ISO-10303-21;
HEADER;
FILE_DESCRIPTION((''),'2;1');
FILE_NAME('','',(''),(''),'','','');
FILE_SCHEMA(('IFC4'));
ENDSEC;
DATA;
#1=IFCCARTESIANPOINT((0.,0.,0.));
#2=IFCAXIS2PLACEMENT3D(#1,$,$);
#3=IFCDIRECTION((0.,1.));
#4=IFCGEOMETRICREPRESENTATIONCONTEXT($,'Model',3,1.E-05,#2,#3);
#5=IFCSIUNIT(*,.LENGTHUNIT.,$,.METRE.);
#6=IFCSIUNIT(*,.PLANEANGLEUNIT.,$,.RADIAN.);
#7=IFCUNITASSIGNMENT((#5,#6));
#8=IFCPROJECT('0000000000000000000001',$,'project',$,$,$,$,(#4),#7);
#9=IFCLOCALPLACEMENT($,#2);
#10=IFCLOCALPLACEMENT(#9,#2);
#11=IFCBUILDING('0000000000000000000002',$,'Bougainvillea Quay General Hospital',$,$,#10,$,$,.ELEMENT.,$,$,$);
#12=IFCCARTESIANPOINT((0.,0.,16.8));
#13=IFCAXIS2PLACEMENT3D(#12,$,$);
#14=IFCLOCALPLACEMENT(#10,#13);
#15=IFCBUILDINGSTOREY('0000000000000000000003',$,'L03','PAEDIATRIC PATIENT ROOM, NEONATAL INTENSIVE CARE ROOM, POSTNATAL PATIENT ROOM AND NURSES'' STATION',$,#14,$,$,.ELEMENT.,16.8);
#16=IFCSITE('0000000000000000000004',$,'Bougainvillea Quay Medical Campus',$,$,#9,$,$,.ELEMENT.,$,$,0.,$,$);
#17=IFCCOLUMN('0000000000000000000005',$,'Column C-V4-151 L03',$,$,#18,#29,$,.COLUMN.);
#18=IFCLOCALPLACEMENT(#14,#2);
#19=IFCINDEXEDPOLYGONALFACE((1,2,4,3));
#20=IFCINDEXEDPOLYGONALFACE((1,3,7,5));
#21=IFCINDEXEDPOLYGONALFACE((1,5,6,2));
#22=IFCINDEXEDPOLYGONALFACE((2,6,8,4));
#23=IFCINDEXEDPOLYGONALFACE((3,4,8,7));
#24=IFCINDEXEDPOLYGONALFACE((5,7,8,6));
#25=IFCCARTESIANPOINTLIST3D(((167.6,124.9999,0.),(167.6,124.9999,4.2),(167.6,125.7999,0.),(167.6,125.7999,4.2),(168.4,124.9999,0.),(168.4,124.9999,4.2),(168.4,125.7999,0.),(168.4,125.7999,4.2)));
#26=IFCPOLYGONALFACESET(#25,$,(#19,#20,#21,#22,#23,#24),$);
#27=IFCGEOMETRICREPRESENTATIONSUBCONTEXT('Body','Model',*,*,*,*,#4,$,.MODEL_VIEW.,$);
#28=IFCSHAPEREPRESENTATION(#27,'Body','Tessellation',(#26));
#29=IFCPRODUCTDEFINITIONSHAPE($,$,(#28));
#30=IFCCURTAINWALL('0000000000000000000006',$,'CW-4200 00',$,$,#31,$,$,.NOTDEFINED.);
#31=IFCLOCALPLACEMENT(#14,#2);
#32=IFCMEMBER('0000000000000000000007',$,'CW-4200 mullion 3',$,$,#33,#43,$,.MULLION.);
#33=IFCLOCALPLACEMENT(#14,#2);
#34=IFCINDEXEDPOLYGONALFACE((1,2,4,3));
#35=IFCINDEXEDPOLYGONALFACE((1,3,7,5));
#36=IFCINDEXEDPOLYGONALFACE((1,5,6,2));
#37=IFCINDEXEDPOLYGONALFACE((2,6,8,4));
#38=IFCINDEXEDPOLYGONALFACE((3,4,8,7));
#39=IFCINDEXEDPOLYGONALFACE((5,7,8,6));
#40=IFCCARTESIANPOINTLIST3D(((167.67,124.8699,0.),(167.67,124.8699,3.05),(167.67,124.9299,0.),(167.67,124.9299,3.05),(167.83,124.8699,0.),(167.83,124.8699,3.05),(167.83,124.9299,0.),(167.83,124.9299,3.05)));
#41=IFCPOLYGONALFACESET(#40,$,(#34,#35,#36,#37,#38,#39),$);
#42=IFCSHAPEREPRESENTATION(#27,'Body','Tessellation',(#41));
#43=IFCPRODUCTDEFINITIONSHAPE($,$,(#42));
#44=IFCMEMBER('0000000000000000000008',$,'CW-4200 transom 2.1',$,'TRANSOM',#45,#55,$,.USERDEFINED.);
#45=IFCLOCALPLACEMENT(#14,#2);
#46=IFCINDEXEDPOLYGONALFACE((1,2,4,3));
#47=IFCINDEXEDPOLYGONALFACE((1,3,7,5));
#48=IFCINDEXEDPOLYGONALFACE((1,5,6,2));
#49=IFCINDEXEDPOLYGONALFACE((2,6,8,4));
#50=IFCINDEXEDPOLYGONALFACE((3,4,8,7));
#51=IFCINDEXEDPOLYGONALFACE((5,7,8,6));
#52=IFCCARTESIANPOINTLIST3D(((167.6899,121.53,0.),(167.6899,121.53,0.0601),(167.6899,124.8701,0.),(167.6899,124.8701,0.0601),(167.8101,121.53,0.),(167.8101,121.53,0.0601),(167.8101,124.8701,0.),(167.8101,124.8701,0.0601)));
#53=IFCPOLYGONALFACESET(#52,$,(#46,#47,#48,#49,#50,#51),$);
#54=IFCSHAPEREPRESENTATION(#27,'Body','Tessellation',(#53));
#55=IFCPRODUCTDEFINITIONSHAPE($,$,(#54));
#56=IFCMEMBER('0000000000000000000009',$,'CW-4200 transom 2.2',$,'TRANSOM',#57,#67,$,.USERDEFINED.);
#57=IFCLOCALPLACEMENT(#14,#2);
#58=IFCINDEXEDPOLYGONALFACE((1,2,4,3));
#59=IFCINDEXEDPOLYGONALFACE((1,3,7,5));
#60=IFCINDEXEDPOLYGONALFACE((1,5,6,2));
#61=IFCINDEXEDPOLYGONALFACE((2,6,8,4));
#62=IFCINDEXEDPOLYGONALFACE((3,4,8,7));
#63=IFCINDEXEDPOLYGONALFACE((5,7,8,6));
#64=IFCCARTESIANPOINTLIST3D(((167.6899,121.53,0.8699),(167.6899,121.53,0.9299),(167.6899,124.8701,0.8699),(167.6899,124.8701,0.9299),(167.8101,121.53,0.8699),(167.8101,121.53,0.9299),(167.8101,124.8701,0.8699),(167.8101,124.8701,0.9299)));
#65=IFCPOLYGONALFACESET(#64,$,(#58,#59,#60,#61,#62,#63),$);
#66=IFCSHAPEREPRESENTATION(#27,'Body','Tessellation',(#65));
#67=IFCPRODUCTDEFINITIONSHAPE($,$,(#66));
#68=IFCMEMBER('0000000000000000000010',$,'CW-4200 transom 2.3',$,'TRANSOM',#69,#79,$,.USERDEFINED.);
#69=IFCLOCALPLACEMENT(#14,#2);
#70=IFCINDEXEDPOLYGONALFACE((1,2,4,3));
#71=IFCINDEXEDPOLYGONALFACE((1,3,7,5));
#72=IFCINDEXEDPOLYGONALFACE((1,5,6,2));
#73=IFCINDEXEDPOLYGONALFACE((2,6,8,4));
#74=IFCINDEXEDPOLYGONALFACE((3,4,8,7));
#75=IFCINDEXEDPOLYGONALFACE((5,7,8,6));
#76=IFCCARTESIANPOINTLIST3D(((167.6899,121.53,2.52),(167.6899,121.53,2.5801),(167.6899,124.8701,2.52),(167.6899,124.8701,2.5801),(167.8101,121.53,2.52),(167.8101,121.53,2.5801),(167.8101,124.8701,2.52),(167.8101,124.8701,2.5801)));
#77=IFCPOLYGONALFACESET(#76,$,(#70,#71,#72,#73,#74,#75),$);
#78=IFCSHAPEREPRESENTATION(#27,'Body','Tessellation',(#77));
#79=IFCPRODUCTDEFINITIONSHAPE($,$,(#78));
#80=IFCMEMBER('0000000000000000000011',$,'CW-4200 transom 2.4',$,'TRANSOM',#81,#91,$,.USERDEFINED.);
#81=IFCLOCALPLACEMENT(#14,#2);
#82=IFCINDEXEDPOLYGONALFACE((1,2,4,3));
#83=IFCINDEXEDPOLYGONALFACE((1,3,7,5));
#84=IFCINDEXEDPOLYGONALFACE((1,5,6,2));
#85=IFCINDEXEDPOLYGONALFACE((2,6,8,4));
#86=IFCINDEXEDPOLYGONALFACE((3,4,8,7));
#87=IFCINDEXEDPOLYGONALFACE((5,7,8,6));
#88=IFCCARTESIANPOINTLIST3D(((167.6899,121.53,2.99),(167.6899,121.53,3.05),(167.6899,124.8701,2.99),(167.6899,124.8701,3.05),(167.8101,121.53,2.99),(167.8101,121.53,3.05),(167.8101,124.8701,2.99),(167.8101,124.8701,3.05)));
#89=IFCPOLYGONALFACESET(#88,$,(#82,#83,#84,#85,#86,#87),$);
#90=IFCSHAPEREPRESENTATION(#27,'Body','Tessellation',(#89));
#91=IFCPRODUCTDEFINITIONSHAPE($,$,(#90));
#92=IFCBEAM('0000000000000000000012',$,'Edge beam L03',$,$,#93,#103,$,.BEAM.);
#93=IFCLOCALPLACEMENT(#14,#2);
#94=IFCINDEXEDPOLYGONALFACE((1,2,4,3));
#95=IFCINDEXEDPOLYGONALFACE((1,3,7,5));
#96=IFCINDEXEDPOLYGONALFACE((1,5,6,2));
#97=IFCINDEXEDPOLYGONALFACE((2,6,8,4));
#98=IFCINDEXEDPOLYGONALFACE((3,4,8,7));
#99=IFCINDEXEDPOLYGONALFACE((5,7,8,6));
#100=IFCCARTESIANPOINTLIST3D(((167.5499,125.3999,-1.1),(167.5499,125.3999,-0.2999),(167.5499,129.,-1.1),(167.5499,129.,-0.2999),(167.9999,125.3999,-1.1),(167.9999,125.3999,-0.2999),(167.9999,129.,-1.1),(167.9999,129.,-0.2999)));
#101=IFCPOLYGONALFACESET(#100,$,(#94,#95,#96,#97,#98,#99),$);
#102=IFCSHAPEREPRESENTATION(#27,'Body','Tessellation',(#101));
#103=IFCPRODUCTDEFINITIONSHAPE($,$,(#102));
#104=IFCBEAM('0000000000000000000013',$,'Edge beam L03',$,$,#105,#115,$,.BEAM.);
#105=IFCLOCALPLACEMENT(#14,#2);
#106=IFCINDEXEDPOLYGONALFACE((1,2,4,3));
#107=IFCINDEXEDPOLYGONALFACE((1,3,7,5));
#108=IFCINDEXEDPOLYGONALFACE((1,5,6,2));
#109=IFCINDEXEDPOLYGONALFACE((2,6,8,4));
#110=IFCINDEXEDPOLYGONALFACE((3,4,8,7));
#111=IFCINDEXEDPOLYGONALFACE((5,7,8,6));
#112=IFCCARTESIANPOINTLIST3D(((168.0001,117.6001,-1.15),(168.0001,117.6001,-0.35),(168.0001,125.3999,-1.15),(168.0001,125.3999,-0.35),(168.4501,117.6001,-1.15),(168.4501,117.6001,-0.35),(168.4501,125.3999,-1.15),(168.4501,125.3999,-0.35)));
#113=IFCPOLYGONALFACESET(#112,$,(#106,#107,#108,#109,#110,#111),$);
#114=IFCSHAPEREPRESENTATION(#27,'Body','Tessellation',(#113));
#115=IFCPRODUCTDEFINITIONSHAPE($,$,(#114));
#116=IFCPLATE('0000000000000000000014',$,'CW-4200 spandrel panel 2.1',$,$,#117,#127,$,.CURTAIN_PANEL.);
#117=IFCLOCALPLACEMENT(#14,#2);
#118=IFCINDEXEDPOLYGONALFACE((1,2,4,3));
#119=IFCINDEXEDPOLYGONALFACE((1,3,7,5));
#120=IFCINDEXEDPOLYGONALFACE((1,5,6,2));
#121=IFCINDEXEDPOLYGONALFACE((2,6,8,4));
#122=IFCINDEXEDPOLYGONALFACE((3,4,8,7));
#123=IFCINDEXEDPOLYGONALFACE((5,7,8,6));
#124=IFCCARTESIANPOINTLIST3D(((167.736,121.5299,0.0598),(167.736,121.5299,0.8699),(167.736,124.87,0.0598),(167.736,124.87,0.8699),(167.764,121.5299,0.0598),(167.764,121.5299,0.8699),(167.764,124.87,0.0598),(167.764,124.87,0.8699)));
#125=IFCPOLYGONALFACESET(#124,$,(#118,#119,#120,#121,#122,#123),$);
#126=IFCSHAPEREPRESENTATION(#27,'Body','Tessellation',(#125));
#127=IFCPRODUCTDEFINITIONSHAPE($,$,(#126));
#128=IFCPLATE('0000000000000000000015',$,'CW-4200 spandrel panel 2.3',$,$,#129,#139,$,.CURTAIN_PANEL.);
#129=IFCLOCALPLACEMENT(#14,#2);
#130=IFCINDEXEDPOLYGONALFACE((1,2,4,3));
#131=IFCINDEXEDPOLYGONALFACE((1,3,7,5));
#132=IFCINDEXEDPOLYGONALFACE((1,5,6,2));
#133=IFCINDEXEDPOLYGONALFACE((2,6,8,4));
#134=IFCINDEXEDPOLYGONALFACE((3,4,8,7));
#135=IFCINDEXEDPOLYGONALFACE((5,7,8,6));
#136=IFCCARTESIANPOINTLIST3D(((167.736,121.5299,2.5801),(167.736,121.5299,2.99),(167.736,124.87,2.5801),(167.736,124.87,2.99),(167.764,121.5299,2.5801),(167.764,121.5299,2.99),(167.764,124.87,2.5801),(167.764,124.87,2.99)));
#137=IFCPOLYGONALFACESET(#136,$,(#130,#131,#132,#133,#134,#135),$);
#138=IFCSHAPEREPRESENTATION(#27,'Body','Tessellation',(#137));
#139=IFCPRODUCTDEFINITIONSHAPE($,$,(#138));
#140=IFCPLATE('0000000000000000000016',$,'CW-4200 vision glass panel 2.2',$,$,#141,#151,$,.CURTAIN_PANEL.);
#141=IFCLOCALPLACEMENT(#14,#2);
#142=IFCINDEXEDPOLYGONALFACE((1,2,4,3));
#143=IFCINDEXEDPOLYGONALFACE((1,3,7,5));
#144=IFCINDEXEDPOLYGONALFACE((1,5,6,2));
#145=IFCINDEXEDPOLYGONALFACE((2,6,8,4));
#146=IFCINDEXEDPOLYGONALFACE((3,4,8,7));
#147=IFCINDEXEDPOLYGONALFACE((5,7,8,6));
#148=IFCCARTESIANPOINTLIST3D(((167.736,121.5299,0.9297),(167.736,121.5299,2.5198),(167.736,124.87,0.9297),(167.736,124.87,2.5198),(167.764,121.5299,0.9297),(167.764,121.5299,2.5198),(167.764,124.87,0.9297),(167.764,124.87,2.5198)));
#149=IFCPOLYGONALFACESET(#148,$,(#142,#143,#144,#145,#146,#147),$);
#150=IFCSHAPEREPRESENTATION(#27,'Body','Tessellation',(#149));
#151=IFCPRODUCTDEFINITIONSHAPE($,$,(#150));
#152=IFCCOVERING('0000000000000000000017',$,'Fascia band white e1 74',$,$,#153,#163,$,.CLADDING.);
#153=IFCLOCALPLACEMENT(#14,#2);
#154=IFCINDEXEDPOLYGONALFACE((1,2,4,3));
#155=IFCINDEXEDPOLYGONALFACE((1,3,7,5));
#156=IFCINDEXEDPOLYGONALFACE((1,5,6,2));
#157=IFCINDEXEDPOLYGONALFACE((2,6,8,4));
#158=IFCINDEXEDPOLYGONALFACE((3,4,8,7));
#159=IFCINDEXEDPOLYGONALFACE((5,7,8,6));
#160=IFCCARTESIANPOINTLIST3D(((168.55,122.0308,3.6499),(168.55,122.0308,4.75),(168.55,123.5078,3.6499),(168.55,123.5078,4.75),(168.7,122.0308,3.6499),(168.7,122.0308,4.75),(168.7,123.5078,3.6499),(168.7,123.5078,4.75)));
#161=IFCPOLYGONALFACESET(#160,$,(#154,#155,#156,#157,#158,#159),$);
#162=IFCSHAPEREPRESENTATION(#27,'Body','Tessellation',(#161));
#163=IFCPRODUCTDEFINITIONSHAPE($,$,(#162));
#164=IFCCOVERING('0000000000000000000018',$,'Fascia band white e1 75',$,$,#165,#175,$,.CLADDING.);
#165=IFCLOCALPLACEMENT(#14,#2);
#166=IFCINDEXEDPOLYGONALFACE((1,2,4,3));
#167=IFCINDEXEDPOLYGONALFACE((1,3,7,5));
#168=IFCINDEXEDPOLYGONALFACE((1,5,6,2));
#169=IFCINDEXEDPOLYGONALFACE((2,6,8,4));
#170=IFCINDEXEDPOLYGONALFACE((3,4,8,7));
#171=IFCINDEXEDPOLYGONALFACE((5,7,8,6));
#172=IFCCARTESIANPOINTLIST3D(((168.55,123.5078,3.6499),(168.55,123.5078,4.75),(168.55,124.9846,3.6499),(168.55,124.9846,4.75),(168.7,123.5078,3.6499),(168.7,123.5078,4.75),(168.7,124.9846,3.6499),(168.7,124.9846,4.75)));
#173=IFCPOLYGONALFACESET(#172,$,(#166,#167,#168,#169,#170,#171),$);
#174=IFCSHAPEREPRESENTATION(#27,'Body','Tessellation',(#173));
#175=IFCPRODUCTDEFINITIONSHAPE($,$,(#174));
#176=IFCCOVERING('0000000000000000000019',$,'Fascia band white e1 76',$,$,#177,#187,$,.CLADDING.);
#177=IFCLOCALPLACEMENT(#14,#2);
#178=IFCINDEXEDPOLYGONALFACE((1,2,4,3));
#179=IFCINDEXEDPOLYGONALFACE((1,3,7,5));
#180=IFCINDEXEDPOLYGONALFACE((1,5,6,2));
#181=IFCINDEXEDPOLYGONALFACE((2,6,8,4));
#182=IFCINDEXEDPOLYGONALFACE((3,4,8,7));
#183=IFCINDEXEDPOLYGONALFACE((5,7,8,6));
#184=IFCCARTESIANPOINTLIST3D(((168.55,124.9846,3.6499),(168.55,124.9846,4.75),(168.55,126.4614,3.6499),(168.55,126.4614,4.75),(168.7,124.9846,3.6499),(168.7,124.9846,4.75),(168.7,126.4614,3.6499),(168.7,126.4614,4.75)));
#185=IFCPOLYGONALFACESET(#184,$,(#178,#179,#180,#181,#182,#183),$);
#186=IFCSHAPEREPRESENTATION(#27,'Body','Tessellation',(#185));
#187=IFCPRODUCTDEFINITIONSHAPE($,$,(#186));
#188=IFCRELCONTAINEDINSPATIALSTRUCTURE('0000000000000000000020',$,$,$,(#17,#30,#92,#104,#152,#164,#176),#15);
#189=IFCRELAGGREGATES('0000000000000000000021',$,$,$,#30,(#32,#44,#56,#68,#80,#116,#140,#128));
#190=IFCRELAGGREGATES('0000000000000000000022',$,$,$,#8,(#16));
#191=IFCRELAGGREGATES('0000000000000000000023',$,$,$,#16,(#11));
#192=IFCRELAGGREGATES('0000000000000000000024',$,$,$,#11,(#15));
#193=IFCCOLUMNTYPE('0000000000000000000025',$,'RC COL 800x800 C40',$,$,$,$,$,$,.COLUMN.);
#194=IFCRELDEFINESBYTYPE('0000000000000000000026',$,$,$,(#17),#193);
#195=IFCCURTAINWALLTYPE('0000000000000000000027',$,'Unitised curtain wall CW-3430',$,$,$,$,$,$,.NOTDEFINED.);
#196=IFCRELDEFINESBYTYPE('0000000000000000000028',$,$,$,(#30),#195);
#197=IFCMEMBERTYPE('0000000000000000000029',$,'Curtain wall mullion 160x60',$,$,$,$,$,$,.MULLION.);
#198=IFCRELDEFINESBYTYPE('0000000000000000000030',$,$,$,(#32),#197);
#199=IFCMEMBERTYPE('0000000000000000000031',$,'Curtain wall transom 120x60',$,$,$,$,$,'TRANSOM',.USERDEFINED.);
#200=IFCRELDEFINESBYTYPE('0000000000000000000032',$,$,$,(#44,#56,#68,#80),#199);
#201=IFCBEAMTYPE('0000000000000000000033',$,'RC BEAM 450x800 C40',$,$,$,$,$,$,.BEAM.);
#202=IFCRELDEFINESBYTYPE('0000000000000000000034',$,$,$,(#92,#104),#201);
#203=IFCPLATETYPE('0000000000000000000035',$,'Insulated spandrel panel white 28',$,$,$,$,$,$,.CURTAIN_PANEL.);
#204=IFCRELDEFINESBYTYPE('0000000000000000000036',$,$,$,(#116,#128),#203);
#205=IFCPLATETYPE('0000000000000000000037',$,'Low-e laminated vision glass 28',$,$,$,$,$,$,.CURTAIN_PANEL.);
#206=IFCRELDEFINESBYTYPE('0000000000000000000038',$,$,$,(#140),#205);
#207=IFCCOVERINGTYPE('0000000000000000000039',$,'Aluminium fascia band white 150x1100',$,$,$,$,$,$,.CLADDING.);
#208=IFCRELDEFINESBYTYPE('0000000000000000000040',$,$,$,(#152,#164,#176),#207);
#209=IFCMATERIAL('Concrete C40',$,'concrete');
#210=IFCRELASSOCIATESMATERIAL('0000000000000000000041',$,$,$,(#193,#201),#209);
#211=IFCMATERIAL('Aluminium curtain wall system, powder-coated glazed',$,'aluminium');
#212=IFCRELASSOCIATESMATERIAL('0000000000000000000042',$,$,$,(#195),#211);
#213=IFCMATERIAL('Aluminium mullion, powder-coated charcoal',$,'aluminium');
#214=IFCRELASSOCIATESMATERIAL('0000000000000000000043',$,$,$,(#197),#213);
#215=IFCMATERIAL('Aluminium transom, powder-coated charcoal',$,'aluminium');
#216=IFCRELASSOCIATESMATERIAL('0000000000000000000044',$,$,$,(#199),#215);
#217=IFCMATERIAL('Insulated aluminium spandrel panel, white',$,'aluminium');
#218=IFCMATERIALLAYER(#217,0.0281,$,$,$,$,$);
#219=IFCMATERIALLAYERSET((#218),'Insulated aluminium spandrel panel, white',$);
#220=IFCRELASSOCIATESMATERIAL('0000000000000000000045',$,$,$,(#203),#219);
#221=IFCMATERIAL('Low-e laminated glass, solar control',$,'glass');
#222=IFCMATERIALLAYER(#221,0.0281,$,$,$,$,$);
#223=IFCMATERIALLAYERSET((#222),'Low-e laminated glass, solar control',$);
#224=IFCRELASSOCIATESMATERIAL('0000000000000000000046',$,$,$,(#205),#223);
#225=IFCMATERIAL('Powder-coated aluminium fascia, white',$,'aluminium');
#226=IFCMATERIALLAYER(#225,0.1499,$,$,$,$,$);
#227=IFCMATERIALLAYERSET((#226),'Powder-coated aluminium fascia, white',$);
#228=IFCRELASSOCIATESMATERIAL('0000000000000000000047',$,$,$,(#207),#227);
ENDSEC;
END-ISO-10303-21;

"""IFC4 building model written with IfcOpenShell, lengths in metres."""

from ifc_helpers import new_model, si_unit, direction, frame, origin, origin_2d, place, context, subcontext, project, spatial, polyline, rectangle, outline, extrude, material, layer, layer_set, material_profile, profile_set, type_object, element, aggregate, save


model = new_model("IFC4")

# Units and contexts
model_context = context("Model", 3, precision=1e-05, world=origin(), true_north=direction((0.0, 1.0)))
body_context = subcontext(model_context, "Body", "Model", "MODEL_VIEW")
ifc_project = project(units=[si_unit("LENGTHUNIT", "METRE"), si_unit("PLANEANGLEUNIT", "RADIAN")], contexts=[model_context])

# Site, building, storey
site_placement = place(None, origin())
site = spatial("IfcSite", under=ifc_project, at=site_placement, Name="Bougainvillea Quay Medical Campus", CompositionType="ELEMENT", RefElevation=0.0)
building_placement = place(site_placement, origin())
building = spatial("IfcBuilding", under=site, at=building_placement, Name="Bougainvillea Quay General Hospital", CompositionType="ELEMENT")
storey_placement = place(building_placement, frame((0.0, 0.0, 16.8)))
storey = spatial("IfcBuildingStorey", under=building, at=storey_placement, Name="L03", Description="PAEDIATRIC PATIENT ROOM, NEONATAL INTENSIVE CARE ROOM, POSTNATAL PATIENT ROOM AND NURSES' STATION", CompositionType="ELEMENT", Elevation=16.8)

# Column
ifc_material_1 = material(Name="Concrete C40", Category="concrete")
ifc_material_profile_1 = material_profile(ifc_material_1, rectangle(XDim=0.8, YDim=0.8, at=origin_2d()))
ifc_profile_set_1 = profile_set([ifc_material_profile_1], Name="Concrete C40")
column_type = type_object("IfcColumnType", Name="RC COL 800x800 C40", PredefinedType="COLUMN", material=ifc_profile_set_1)
column_placement = place(storey_placement, frame((168.0, 125.3999, 0.0), z_axis=(0.0, 0.0, 1.0), x_axis=(1.0, 0.0, 0.0)))
element("IfcColumn", 1, at=column_placement, inside=storey, type_object=column_type, Name="Column C-V4-151 L03", PredefinedType="COLUMN", context=body_context, shape_type="SweptSolid", body=[
    extrude(rectangle(XDim=0.8, YDim=0.8, at=origin_2d()), origin(), (0.0, 0.0, 1.0), 4.2),
])

# Curtain wall, members
ifc_material_2 = material(Name="Aluminium curtain wall system, powder-coated glazed", Category="aluminium")
curtain_wall_type = type_object("IfcCurtainWallType", Name="Unitised curtain wall CW-3430", PredefinedType="NOTDEFINED", material=ifc_material_2)
curtain_wall_placement = place(storey_placement, origin())
curtain_wall = element("IfcCurtainWall", 2, at=curtain_wall_placement, inside=storey, type_object=curtain_wall_type, Name="CW-4200 00", PredefinedType="NOTDEFINED")
ifc_material_3 = material(Name="Aluminium mullion, powder-coated charcoal", Category="aluminium")
ifc_material_profile_2 = material_profile(ifc_material_3, rectangle(XDim=0.1599, YDim=0.0601, at=origin_2d()))
ifc_profile_set_2 = profile_set([ifc_material_profile_2], Name="Aluminium mullion, powder-coated charcoal")
member_type_1 = type_object("IfcMemberType", Name="Curtain wall mullion 160x60", PredefinedType="MULLION", material=ifc_profile_set_2)
member_1_placement = place(storey_placement, frame((167.75, 124.8999, 0.0), z_axis=(0.0, 0.0, 1.0), x_axis=(-1.0, 0.0, 0.0)))
member_1 = element("IfcMember", 3, at=member_1_placement, type_object=member_type_1, Name="CW-4200 mullion 3", PredefinedType="MULLION", context=body_context, shape_type="SweptSolid", body=[
    extrude(rectangle(XDim=0.1599, YDim=0.0601, at=origin_2d()), origin(), (0.0, 0.0, 1.0), 3.05),
])
ifc_material_4 = material(Name="Aluminium transom, powder-coated charcoal", Category="aluminium")
ifc_material_profile_3 = material_profile(ifc_material_4, rectangle(XDim=0.1201, YDim=0.0601, at=origin_2d()))
ifc_profile_set_3 = profile_set([ifc_material_profile_3], Name="Aluminium transom, powder-coated charcoal")
member_type_2 = type_object("IfcMemberType", Name="Curtain wall transom 120x60", ElementType="TRANSOM", PredefinedType="USERDEFINED", material=ifc_profile_set_3)
member_2_placement = place(storey_placement, frame((167.75, 121.53, 0.03), z_axis=(0.0, 1.0, 0.0), x_axis=(-1.0, 0.0, 0.0)))
member_2 = element("IfcMember", 4, at=member_2_placement, type_object=member_type_2, Name="CW-4200 transom 2.1", ObjectType="TRANSOM", PredefinedType="USERDEFINED", context=body_context, shape_type="SweptSolid", body=[
    extrude(rectangle(XDim=0.1201, YDim=0.0601, at=origin_2d()), origin(), (0.0, 0.0, 1.0), 3.3401),
])
member_3_placement = place(storey_placement, frame((167.75, 121.53, 0.8999), z_axis=(0.0, 1.0, 0.0), x_axis=(-1.0, 0.0, 0.0)))
member_3 = element("IfcMember", 5, at=member_3_placement, type_object=member_type_2, Name="CW-4200 transom 2.2", ObjectType="TRANSOM", PredefinedType="USERDEFINED", context=body_context, shape_type="SweptSolid", body=[
    extrude(rectangle(XDim=0.1201, YDim=0.0601, at=origin_2d()), origin(), (0.0, 0.0, 1.0), 3.3401),
])
member_4_placement = place(storey_placement, frame((167.75, 121.53, 2.55), z_axis=(0.0, 1.0, 0.0), x_axis=(-1.0, 0.0, 0.0)))
member_4 = element("IfcMember", 6, at=member_4_placement, type_object=member_type_2, Name="CW-4200 transom 2.3", ObjectType="TRANSOM", PredefinedType="USERDEFINED", context=body_context, shape_type="SweptSolid", body=[
    extrude(rectangle(XDim=0.1201, YDim=0.0601, at=origin_2d()), origin(), (0.0, 0.0, 1.0), 3.3401),
])
member_5_placement = place(storey_placement, frame((167.75, 121.53, 3.02), z_axis=(0.0, 1.0, 0.0), x_axis=(-1.0, 0.0, 0.0)))
member_5 = element("IfcMember", 7, at=member_5_placement, type_object=member_type_2, Name="CW-4200 transom 2.4", ObjectType="TRANSOM", PredefinedType="USERDEFINED", context=body_context, shape_type="SweptSolid", body=[
    extrude(rectangle(XDim=0.1201, YDim=0.0601, at=origin_2d()), origin(), (0.0, 0.0, 1.0), 3.3401),
])

# Beams
ifc_material_profile_4 = material_profile(ifc_material_1, rectangle(XDim=0.45, YDim=0.8, at=origin_2d()))
ifc_profile_set_4 = profile_set([ifc_material_profile_4], Name="Concrete C40")
beam_type = type_object("IfcBeamType", Name="RC BEAM 450x800 C40", PredefinedType="BEAM", material=ifc_profile_set_4)
beam_1_placement = place(storey_placement, frame((167.7749, 125.3999, -0.7), z_axis=(0.0, 1.0, 0.0), x_axis=(-1.0, 0.0, 0.0)))
element("IfcBeam", 8, at=beam_1_placement, inside=storey, type_object=beam_type, Name="Edge beam L03", PredefinedType="BEAM", context=body_context, shape_type="SweptSolid", body=[
    extrude(rectangle(XDim=0.45, YDim=0.8, at=origin_2d()), origin(), (0.0, 0.0, 1.0), 3.6001),
])
beam_2_placement = place(storey_placement, frame((168.2251, 125.3999, -0.75), z_axis=(0.0, -1.0, 0.0), x_axis=(1.0, 0.0, 0.0)))
element("IfcBeam", 9, at=beam_2_placement, inside=storey, type_object=beam_type, Name="Edge beam L03", PredefinedType="BEAM", context=body_context, shape_type="SweptSolid", body=[
    extrude(rectangle(XDim=0.45, YDim=0.8, at=origin_2d()), origin(), (0.0, 0.0, 1.0), 7.7998),
])

# Plates
ifc_material_5 = material(Name="Insulated aluminium spandrel panel, white", Category="aluminium")
ifc_layer_1 = layer(ifc_material_5, 0.0281)
ifc_layer_set_1 = layer_set([ifc_layer_1], Name="Insulated aluminium spandrel panel, white")
plate_type_1 = type_object("IfcPlateType", Name="Insulated spandrel panel white 28", PredefinedType="CURTAIN_PANEL", material=ifc_layer_set_1)
plate_1_placement = place(storey_placement, frame((167.75, 123.2, 0.0598), z_axis=(0.0, 0.0, 1.0), x_axis=(0.0, 1.0, 0.0)))
plate_1 = element("IfcPlate", 10, at=plate_1_placement, type_object=plate_type_1, Name="CW-4200 spandrel panel 2.1", PredefinedType="CURTAIN_PANEL", context=body_context, shape_type="SweptSolid", body=[
    extrude(rectangle(XDim=3.3401, YDim=0.0281, at=origin_2d()), origin(), (0.0, 0.0, 1.0), 0.8101),
])
plate_2_placement = place(storey_placement, frame((167.75, 123.2, 2.5801), z_axis=(0.0, 0.0, 1.0), x_axis=(0.0, 1.0, 0.0)))
plate_2 = element("IfcPlate", 11, at=plate_2_placement, type_object=plate_type_1, Name="CW-4200 spandrel panel 2.3", PredefinedType="CURTAIN_PANEL", context=body_context, shape_type="SweptSolid", body=[
    extrude(rectangle(XDim=3.3401, YDim=0.0281, at=origin_2d()), origin(), (0.0, 0.0, 1.0), 0.4099),
])
ifc_material_6 = material(Name="Low-e laminated glass, solar control", Category="glass")
ifc_layer_2 = layer(ifc_material_6, 0.0281)
ifc_layer_set_2 = layer_set([ifc_layer_2], Name="Low-e laminated glass, solar control")
plate_type_2 = type_object("IfcPlateType", Name="Low-e laminated vision glass 28", PredefinedType="CURTAIN_PANEL", material=ifc_layer_set_2)
plate_3_placement = place(storey_placement, frame((167.75, 123.2, 0.9297), z_axis=(0.0, 0.0, 1.0), x_axis=(0.0, 1.0, 0.0)))
plate_3 = element("IfcPlate", 12, at=plate_3_placement, type_object=plate_type_2, Name="CW-4200 vision glass panel 2.2", PredefinedType="CURTAIN_PANEL", context=body_context, shape_type="SweptSolid", body=[
    extrude(rectangle(XDim=3.3401, YDim=0.0281, at=origin_2d()), origin(), (0.0, 0.0, 1.0), 1.5901),
])
aggregate(curtain_wall, [member_1, member_2, member_3, member_4, member_5, plate_1, plate_3, plate_2])

# Coverings
ifc_material_7 = material(Name="Powder-coated aluminium fascia, white", Category="aluminium")
ifc_layer_3 = layer(ifc_material_7, 0.1499)
ifc_layer_set_3 = layer_set([ifc_layer_3], Name="Powder-coated aluminium fascia, white")
covering_type = type_object("IfcCoveringType", Name="Aluminium fascia band white 150x1100", PredefinedType="CLADDING", material=ifc_layer_set_3)
covering_1_placement = place(storey_placement, frame((168.55, 122.0308, 3.6499), z_axis=(0.0, 0.0, 1.0), x_axis=(0.0, 1.0, 0.0)))
element("IfcCovering", 13, at=covering_1_placement, inside=storey, type_object=covering_type, Name="Fascia band white e1 74", PredefinedType="CLADDING", context=body_context, shape_type="SweptSolid", body=[
    extrude(outline(polyline([(0.0, 0.0), (1.4771, 0.0), (1.4771, -0.1499), (0.0, -0.1499), (0.0, 0.0)])), origin(), (0.0, 0.0, 1.0), 1.1001),
])
for number, where, z_axis, x_axis, name in (
    (14, (168.55, 123.5078, 3.6499), (0.0, 0.0, 1.0), (0.0, 1.0, 0.0), "Fascia band white e1 75"),
    (15, (168.55, 124.9846, 3.6499), (0.0, 0.0, 1.0), (0.0, 1.0, 0.0), "Fascia band white e1 76"),
):
    element("IfcCovering", number, at=place(storey_placement, frame(where, z_axis=z_axis, x_axis=x_axis)), inside=storey, type_object=covering_type, Name=name, PredefinedType="CLADDING", context=body_context, shape_type="SweptSolid", body=[
        extrude(outline(polyline([(0.0, 0.0), (1.4768, 0.0), (1.4768, -0.1499), (0.0, -0.1499), (0.0, 0.0)])), origin(), (0.0, 0.0, 1.0), 1.1001),
    ])

save(model, "model.ifc")
